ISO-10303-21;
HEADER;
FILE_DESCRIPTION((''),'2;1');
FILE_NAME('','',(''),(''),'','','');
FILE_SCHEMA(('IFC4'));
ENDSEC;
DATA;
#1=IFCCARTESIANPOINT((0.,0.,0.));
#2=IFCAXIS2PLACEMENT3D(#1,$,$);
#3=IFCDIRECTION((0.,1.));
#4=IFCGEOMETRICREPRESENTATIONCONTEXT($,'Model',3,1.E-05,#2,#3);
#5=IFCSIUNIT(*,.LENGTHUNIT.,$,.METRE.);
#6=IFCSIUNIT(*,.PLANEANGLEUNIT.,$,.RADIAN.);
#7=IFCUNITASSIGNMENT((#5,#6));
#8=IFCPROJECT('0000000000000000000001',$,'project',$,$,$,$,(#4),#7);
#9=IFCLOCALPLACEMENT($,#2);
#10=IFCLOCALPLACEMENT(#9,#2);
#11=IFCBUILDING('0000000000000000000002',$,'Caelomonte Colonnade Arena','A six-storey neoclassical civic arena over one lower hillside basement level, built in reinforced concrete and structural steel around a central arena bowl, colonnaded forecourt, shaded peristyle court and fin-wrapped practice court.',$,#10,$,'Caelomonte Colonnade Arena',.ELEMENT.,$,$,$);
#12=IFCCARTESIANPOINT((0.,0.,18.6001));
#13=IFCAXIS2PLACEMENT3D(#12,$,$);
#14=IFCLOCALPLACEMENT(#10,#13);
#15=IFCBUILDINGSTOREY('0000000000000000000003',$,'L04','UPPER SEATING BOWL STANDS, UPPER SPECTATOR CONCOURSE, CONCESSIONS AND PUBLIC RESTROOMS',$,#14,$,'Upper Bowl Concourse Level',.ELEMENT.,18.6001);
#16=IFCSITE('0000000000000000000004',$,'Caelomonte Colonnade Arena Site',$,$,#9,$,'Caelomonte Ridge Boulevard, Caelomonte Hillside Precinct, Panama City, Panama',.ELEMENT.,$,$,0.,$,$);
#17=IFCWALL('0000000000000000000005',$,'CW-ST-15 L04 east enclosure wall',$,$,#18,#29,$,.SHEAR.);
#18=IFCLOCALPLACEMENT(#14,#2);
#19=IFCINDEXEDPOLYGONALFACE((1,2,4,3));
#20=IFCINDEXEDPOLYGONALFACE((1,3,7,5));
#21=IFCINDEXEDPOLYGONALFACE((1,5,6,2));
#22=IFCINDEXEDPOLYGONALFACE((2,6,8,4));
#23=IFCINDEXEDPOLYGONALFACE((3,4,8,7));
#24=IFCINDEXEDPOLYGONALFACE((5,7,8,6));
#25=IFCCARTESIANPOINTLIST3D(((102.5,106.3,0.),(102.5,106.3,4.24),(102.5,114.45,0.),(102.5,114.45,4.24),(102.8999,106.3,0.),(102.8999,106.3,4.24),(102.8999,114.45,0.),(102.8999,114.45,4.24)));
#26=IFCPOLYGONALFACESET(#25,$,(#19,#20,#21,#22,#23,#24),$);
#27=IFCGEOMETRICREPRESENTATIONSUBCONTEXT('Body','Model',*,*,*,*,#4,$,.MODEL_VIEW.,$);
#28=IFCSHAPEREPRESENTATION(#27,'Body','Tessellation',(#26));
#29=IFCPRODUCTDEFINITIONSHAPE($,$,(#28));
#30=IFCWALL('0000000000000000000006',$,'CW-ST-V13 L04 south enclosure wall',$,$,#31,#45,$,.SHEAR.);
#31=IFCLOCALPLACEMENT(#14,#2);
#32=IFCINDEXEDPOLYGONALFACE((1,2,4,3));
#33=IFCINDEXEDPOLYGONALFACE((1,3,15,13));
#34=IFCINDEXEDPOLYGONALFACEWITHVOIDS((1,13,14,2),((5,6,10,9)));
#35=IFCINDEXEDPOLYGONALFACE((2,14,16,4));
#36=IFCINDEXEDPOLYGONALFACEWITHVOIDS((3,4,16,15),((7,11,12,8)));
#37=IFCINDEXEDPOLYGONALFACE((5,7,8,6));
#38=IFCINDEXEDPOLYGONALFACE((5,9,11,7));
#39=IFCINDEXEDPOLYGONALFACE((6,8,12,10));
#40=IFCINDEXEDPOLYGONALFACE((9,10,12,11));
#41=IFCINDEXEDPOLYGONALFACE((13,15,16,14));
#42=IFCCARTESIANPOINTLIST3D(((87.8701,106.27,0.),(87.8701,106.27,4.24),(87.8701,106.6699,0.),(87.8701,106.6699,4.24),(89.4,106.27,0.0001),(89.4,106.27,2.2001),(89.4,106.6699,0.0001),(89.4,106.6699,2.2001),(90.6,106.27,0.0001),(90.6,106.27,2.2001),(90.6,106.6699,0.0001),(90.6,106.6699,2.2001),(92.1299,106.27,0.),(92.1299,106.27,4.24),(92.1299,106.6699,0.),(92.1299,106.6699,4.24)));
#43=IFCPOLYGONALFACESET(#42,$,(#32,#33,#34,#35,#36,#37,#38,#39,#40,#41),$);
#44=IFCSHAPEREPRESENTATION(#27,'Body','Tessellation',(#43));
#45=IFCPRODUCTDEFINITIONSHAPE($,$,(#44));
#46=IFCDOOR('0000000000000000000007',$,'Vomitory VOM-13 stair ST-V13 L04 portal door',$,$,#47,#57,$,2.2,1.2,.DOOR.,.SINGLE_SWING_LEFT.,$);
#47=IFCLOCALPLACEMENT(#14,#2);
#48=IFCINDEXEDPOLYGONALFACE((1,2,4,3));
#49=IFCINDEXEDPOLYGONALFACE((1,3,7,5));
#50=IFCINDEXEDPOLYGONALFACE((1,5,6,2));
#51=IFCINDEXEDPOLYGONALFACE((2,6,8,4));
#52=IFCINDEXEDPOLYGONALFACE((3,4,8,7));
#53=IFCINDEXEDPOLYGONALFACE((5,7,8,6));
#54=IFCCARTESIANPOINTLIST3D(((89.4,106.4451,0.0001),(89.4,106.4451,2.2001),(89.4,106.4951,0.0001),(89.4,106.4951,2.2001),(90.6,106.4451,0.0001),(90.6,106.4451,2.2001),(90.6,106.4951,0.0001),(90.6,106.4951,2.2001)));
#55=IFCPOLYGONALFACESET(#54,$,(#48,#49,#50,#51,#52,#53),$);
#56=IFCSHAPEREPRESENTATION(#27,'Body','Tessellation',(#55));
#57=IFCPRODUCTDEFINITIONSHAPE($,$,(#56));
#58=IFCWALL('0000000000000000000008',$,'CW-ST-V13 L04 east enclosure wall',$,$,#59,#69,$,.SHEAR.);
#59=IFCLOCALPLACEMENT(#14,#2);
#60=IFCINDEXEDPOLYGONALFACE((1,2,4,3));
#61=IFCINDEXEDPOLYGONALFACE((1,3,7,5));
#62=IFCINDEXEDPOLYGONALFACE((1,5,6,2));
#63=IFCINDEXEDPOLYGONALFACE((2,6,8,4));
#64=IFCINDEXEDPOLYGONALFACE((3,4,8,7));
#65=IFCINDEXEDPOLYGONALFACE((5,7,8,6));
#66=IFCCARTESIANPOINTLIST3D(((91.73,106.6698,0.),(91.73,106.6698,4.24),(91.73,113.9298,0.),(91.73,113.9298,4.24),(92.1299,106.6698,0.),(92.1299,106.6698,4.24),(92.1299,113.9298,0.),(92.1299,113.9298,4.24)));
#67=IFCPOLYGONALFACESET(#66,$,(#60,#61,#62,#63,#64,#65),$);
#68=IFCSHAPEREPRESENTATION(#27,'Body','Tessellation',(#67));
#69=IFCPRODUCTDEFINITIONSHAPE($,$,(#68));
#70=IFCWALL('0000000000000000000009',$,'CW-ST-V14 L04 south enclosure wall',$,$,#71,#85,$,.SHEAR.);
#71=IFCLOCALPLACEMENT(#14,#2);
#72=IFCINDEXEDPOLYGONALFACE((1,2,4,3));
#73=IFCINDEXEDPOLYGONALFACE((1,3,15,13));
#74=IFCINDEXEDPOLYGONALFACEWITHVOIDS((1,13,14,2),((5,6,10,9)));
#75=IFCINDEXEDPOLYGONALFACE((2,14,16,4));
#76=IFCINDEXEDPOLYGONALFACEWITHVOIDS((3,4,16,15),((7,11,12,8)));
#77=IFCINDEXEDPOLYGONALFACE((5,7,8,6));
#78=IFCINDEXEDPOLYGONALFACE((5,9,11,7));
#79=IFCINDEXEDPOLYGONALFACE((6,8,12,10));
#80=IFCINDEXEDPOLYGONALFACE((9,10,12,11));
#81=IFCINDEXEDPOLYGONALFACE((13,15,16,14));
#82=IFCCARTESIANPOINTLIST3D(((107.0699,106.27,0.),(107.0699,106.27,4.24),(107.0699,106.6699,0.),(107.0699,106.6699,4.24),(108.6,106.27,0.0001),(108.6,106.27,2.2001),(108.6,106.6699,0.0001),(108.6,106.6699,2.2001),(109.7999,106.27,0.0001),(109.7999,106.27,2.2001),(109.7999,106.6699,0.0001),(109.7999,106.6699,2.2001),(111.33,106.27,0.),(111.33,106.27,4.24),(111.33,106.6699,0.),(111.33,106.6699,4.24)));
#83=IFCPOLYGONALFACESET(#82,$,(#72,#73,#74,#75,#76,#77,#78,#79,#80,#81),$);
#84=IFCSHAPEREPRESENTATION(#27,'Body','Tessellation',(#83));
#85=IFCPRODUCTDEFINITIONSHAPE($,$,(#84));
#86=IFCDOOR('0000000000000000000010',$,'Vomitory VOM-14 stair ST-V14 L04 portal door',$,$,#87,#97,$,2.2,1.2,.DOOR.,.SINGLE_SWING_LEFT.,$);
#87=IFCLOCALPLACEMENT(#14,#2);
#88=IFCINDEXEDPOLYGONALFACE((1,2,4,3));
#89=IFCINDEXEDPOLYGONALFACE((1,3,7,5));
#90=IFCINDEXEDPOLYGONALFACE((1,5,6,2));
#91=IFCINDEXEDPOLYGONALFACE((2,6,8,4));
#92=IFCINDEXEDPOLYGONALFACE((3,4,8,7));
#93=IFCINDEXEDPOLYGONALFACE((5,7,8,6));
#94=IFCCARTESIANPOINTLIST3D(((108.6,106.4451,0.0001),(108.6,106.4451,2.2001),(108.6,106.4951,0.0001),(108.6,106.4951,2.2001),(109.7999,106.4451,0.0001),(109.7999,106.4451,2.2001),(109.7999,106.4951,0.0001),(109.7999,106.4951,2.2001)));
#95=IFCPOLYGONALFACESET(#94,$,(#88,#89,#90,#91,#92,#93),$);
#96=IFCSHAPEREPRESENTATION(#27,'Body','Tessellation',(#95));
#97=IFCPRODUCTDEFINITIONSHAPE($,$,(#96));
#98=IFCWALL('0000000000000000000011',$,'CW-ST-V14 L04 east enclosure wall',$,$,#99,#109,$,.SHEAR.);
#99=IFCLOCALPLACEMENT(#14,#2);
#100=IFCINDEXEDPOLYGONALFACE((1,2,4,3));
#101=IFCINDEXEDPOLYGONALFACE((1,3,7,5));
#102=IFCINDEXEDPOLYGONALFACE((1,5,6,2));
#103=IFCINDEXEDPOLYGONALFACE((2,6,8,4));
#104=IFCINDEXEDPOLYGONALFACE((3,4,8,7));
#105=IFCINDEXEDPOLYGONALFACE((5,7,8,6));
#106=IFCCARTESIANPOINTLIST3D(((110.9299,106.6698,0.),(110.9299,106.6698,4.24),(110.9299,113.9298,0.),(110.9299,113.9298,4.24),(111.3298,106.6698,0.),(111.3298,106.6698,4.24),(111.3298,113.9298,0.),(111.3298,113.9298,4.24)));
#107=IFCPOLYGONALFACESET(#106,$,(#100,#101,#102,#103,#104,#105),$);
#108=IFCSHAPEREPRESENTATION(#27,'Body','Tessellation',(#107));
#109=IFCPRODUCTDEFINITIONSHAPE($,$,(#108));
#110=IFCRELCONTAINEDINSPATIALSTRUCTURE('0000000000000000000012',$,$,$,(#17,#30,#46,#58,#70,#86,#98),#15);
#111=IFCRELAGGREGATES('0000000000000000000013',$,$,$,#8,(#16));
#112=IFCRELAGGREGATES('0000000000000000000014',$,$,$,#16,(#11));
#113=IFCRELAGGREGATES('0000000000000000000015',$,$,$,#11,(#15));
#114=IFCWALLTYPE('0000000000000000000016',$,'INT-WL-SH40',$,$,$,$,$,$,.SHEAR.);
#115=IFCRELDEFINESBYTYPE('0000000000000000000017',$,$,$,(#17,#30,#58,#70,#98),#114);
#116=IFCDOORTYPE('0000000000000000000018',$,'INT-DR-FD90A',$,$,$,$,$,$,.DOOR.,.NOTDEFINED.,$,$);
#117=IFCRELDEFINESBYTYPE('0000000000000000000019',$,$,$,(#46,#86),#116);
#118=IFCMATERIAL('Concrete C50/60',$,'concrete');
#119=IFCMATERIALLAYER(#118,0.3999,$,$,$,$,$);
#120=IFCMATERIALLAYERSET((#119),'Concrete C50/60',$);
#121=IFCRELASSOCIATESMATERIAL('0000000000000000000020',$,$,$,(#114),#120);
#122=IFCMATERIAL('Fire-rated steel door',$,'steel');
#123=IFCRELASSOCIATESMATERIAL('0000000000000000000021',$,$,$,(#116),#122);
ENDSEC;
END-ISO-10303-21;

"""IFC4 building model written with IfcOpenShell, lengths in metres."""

from ifc_helpers import new_model, si_unit, direction, frame, frame_2d, origin, place, context, subcontext, project, spatial, rectangle, extrude, material, layer, layer_set, type_object, element, fill, save


model = new_model("IFC4")

# Units and contexts
model_context = context("Model", 3, precision=1e-05, world=origin(), true_north=direction((0.0, 1.0)))
body_context = subcontext(model_context, "Body", "Model", "MODEL_VIEW")
ifc_project = project(units=[si_unit("LENGTHUNIT", "METRE"), si_unit("PLANEANGLEUNIT", "RADIAN")], contexts=[model_context])

# Site, building, storey
site_placement = place(None, origin())
site = spatial("IfcSite", under=ifc_project, at=site_placement, Name="Caelomonte Colonnade Arena Site", LongName="Caelomonte Ridge Boulevard, Caelomonte Hillside Precinct, Panama City, Panama", CompositionType="ELEMENT", RefElevation=0.0)
building_placement = place(site_placement, origin())
building = spatial("IfcBuilding", under=site, at=building_placement, Name="Caelomonte Colonnade Arena", Description="A six-storey neoclassical civic arena over one lower hillside basement level, built in reinforced concrete and structural steel around a central arena bowl, colonnaded forecourt, shaded peristyle court and fin-wrapped practice court.", LongName="Caelomonte Colonnade Arena", CompositionType="ELEMENT")
storey_placement = place(building_placement, frame((0.0, 0.0, 18.6001)))
storey = spatial("IfcBuildingStorey", under=building, at=storey_placement, Name="L04", Description="UPPER SEATING BOWL STANDS, UPPER SPECTATOR CONCOURSE, CONCESSIONS AND PUBLIC RESTROOMS", LongName="Upper Bowl Concourse Level", CompositionType="ELEMENT", Elevation=18.6001)

# Shared definitions
ifc_material_1 = material(Name="Concrete C50/60", Category="concrete")
ifc_layer_1 = layer(ifc_material_1, 0.3999)
ifc_layer_set_1 = layer_set([ifc_layer_1], Name="Concrete C50/60")
wall_type = type_object("IfcWallType", Name="INT-WL-SH40", PredefinedType="SHEAR", material=ifc_layer_set_1)
ifc_material_2 = material(Name="Fire-rated steel door", Category="steel")
door_type = type_object("IfcDoorType", Name="INT-DR-FD90A", OperationType="NOTDEFINED", PredefinedType="DOOR", material=ifc_material_2)

# Wall
wall_1_placement = place(storey_placement, frame((102.7, 106.3, 0.0), z_axis=(0.0, 0.0, 1.0), x_axis=(0.0, 1.0, 0.0)))
element("IfcWall", 1, at=wall_1_placement, inside=storey, type_object=wall_type, Name="CW-ST-15 L04 east enclosure wall", PredefinedType="SHEAR", context=body_context, shape_type="SweptSolid", body=[
    extrude(rectangle(XDim=8.1499, YDim=0.3999, at=frame_2d((4.075, 0.0))), origin(), (0.0, 0.0, 1.0), 4.24),
])

# Wall, opening, door
wall_2_placement = place(storey_placement, frame((87.8701, 106.47, 0.0), z_axis=(0.0, 0.0, 1.0), x_axis=(1.0, 0.0, 0.0)))
wall_2 = element("IfcWall", 2, at=wall_2_placement, inside=storey, type_object=wall_type, Name="CW-ST-V13 L04 south enclosure wall", PredefinedType="SHEAR", context=body_context, shape_type="SweptSolid", body=[
    extrude(rectangle(XDim=4.2598, YDim=0.3999, at=frame_2d((2.1299, 0.0))), origin(), (0.0, 0.0, 1.0), 4.24),
])
opening_1_placement = place(wall_2_placement, frame((2.73, 0.0, 0.0), z_axis=(0.0, 0.0, 1.0), x_axis=(-1.0, 0.0, 0.0)))
opening_1 = element("IfcOpeningElement", 3, at=opening_1_placement, cuts=wall_2, PredefinedType="OPENING", context=body_context, shape_type="SweptSolid", body=[
    extrude(rectangle(XDim=1.2, YDim=2.2, at=frame_2d((0.6001, 1.1001))), frame((0.0, 0.21, 0.0), z_axis=(0.0, -1.0, 0.0), x_axis=(1.0, 0.0, 0.0)), (0.0, 0.0, 1.0), 0.4199),
])
door_1_placement = place(opening_1_placement, origin())
door_1 = element("IfcDoor", 4, at=door_1_placement, inside=storey, type_object=door_type, Name="Vomitory VOM-13 stair ST-V13 L04 portal door", OperationType="SINGLE_SWING_LEFT", OverallHeight=2.2, OverallWidth=1.2, PredefinedType="DOOR", context=body_context, shape_type="SweptSolid", body=[
    extrude(rectangle(XDim=1.2, YDim=2.2, at=frame_2d((0.6001, 1.1001))), frame((0.0, 0.0249, 0.0), z_axis=(0.0, -1.0, 0.0), x_axis=(1.0, 0.0, 0.0)), (0.0, 0.0, 1.0), 0.05),
])
fill(opening_1, door_1)

# Wall
wall_3_placement = place(storey_placement, frame((91.9299, 106.6699, 0.0), z_axis=(0.0, 0.0, 1.0), x_axis=(0.0, 1.0, 0.0)))
element("IfcWall", 5, at=wall_3_placement, inside=storey, type_object=wall_type, Name="CW-ST-V13 L04 east enclosure wall", PredefinedType="SHEAR", context=body_context, shape_type="SweptSolid", body=[
    extrude(rectangle(XDim=7.26, YDim=0.3999, at=frame_2d((3.6299, 0.0))), origin(), (0.0, 0.0, 1.0), 4.24),
])

# Wall, opening, door
wall_4_placement = place(storey_placement, frame((107.0701, 106.47, 0.0), z_axis=(0.0, 0.0, 1.0), x_axis=(1.0, 0.0, 0.0)))
wall_4 = element("IfcWall", 6, at=wall_4_placement, inside=storey, type_object=wall_type, Name="CW-ST-V14 L04 south enclosure wall", PredefinedType="SHEAR", context=body_context, shape_type="SweptSolid", body=[
    extrude(rectangle(XDim=4.26, YDim=0.3999, at=frame_2d((2.1299, 0.0))), origin(), (0.0, 0.0, 1.0), 4.24),
])
opening_2_placement = place(wall_4_placement, frame((2.73, 0.0, 0.0), z_axis=(0.0, 0.0, 1.0), x_axis=(-1.0, 0.0, 0.0)))
opening_2 = element("IfcOpeningElement", 7, at=opening_2_placement, cuts=wall_4, PredefinedType="OPENING", context=body_context, shape_type="SweptSolid", body=[
    extrude(rectangle(XDim=1.2, YDim=2.2, at=frame_2d((0.6001, 1.1001))), frame((0.0, 0.21, 0.0), z_axis=(0.0, -1.0, 0.0), x_axis=(1.0, 0.0, 0.0)), (0.0, 0.0, 1.0), 0.4199),
])
door_2_placement = place(opening_2_placement, origin())
door_2 = element("IfcDoor", 8, at=door_2_placement, inside=storey, type_object=door_type, Name="Vomitory VOM-14 stair ST-V14 L04 portal door", OperationType="SINGLE_SWING_LEFT", OverallHeight=2.2, OverallWidth=1.2, PredefinedType="DOOR", context=body_context, shape_type="SweptSolid", body=[
    extrude(rectangle(XDim=1.2, YDim=2.2, at=frame_2d((0.6001, 1.1001))), frame((0.0, 0.0249, 0.0), z_axis=(0.0, -1.0, 0.0), x_axis=(1.0, 0.0, 0.0)), (0.0, 0.0, 1.0), 0.05),
])
fill(opening_2, door_2)

# Wall
wall_5_placement = place(storey_placement, frame((111.1299, 106.6699, 0.0), z_axis=(0.0, 0.0, 1.0), x_axis=(0.0, 1.0, 0.0)))
element("IfcWall", 9, at=wall_5_placement, inside=storey, type_object=wall_type, Name="CW-ST-V14 L04 east enclosure wall", PredefinedType="SHEAR", context=body_context, shape_type="SweptSolid", body=[
    extrude(rectangle(XDim=7.26, YDim=0.3999, at=frame_2d((3.6299, 0.0))), origin(), (0.0, 0.0, 1.0), 4.24),
])

save(model, "model.ifc")
